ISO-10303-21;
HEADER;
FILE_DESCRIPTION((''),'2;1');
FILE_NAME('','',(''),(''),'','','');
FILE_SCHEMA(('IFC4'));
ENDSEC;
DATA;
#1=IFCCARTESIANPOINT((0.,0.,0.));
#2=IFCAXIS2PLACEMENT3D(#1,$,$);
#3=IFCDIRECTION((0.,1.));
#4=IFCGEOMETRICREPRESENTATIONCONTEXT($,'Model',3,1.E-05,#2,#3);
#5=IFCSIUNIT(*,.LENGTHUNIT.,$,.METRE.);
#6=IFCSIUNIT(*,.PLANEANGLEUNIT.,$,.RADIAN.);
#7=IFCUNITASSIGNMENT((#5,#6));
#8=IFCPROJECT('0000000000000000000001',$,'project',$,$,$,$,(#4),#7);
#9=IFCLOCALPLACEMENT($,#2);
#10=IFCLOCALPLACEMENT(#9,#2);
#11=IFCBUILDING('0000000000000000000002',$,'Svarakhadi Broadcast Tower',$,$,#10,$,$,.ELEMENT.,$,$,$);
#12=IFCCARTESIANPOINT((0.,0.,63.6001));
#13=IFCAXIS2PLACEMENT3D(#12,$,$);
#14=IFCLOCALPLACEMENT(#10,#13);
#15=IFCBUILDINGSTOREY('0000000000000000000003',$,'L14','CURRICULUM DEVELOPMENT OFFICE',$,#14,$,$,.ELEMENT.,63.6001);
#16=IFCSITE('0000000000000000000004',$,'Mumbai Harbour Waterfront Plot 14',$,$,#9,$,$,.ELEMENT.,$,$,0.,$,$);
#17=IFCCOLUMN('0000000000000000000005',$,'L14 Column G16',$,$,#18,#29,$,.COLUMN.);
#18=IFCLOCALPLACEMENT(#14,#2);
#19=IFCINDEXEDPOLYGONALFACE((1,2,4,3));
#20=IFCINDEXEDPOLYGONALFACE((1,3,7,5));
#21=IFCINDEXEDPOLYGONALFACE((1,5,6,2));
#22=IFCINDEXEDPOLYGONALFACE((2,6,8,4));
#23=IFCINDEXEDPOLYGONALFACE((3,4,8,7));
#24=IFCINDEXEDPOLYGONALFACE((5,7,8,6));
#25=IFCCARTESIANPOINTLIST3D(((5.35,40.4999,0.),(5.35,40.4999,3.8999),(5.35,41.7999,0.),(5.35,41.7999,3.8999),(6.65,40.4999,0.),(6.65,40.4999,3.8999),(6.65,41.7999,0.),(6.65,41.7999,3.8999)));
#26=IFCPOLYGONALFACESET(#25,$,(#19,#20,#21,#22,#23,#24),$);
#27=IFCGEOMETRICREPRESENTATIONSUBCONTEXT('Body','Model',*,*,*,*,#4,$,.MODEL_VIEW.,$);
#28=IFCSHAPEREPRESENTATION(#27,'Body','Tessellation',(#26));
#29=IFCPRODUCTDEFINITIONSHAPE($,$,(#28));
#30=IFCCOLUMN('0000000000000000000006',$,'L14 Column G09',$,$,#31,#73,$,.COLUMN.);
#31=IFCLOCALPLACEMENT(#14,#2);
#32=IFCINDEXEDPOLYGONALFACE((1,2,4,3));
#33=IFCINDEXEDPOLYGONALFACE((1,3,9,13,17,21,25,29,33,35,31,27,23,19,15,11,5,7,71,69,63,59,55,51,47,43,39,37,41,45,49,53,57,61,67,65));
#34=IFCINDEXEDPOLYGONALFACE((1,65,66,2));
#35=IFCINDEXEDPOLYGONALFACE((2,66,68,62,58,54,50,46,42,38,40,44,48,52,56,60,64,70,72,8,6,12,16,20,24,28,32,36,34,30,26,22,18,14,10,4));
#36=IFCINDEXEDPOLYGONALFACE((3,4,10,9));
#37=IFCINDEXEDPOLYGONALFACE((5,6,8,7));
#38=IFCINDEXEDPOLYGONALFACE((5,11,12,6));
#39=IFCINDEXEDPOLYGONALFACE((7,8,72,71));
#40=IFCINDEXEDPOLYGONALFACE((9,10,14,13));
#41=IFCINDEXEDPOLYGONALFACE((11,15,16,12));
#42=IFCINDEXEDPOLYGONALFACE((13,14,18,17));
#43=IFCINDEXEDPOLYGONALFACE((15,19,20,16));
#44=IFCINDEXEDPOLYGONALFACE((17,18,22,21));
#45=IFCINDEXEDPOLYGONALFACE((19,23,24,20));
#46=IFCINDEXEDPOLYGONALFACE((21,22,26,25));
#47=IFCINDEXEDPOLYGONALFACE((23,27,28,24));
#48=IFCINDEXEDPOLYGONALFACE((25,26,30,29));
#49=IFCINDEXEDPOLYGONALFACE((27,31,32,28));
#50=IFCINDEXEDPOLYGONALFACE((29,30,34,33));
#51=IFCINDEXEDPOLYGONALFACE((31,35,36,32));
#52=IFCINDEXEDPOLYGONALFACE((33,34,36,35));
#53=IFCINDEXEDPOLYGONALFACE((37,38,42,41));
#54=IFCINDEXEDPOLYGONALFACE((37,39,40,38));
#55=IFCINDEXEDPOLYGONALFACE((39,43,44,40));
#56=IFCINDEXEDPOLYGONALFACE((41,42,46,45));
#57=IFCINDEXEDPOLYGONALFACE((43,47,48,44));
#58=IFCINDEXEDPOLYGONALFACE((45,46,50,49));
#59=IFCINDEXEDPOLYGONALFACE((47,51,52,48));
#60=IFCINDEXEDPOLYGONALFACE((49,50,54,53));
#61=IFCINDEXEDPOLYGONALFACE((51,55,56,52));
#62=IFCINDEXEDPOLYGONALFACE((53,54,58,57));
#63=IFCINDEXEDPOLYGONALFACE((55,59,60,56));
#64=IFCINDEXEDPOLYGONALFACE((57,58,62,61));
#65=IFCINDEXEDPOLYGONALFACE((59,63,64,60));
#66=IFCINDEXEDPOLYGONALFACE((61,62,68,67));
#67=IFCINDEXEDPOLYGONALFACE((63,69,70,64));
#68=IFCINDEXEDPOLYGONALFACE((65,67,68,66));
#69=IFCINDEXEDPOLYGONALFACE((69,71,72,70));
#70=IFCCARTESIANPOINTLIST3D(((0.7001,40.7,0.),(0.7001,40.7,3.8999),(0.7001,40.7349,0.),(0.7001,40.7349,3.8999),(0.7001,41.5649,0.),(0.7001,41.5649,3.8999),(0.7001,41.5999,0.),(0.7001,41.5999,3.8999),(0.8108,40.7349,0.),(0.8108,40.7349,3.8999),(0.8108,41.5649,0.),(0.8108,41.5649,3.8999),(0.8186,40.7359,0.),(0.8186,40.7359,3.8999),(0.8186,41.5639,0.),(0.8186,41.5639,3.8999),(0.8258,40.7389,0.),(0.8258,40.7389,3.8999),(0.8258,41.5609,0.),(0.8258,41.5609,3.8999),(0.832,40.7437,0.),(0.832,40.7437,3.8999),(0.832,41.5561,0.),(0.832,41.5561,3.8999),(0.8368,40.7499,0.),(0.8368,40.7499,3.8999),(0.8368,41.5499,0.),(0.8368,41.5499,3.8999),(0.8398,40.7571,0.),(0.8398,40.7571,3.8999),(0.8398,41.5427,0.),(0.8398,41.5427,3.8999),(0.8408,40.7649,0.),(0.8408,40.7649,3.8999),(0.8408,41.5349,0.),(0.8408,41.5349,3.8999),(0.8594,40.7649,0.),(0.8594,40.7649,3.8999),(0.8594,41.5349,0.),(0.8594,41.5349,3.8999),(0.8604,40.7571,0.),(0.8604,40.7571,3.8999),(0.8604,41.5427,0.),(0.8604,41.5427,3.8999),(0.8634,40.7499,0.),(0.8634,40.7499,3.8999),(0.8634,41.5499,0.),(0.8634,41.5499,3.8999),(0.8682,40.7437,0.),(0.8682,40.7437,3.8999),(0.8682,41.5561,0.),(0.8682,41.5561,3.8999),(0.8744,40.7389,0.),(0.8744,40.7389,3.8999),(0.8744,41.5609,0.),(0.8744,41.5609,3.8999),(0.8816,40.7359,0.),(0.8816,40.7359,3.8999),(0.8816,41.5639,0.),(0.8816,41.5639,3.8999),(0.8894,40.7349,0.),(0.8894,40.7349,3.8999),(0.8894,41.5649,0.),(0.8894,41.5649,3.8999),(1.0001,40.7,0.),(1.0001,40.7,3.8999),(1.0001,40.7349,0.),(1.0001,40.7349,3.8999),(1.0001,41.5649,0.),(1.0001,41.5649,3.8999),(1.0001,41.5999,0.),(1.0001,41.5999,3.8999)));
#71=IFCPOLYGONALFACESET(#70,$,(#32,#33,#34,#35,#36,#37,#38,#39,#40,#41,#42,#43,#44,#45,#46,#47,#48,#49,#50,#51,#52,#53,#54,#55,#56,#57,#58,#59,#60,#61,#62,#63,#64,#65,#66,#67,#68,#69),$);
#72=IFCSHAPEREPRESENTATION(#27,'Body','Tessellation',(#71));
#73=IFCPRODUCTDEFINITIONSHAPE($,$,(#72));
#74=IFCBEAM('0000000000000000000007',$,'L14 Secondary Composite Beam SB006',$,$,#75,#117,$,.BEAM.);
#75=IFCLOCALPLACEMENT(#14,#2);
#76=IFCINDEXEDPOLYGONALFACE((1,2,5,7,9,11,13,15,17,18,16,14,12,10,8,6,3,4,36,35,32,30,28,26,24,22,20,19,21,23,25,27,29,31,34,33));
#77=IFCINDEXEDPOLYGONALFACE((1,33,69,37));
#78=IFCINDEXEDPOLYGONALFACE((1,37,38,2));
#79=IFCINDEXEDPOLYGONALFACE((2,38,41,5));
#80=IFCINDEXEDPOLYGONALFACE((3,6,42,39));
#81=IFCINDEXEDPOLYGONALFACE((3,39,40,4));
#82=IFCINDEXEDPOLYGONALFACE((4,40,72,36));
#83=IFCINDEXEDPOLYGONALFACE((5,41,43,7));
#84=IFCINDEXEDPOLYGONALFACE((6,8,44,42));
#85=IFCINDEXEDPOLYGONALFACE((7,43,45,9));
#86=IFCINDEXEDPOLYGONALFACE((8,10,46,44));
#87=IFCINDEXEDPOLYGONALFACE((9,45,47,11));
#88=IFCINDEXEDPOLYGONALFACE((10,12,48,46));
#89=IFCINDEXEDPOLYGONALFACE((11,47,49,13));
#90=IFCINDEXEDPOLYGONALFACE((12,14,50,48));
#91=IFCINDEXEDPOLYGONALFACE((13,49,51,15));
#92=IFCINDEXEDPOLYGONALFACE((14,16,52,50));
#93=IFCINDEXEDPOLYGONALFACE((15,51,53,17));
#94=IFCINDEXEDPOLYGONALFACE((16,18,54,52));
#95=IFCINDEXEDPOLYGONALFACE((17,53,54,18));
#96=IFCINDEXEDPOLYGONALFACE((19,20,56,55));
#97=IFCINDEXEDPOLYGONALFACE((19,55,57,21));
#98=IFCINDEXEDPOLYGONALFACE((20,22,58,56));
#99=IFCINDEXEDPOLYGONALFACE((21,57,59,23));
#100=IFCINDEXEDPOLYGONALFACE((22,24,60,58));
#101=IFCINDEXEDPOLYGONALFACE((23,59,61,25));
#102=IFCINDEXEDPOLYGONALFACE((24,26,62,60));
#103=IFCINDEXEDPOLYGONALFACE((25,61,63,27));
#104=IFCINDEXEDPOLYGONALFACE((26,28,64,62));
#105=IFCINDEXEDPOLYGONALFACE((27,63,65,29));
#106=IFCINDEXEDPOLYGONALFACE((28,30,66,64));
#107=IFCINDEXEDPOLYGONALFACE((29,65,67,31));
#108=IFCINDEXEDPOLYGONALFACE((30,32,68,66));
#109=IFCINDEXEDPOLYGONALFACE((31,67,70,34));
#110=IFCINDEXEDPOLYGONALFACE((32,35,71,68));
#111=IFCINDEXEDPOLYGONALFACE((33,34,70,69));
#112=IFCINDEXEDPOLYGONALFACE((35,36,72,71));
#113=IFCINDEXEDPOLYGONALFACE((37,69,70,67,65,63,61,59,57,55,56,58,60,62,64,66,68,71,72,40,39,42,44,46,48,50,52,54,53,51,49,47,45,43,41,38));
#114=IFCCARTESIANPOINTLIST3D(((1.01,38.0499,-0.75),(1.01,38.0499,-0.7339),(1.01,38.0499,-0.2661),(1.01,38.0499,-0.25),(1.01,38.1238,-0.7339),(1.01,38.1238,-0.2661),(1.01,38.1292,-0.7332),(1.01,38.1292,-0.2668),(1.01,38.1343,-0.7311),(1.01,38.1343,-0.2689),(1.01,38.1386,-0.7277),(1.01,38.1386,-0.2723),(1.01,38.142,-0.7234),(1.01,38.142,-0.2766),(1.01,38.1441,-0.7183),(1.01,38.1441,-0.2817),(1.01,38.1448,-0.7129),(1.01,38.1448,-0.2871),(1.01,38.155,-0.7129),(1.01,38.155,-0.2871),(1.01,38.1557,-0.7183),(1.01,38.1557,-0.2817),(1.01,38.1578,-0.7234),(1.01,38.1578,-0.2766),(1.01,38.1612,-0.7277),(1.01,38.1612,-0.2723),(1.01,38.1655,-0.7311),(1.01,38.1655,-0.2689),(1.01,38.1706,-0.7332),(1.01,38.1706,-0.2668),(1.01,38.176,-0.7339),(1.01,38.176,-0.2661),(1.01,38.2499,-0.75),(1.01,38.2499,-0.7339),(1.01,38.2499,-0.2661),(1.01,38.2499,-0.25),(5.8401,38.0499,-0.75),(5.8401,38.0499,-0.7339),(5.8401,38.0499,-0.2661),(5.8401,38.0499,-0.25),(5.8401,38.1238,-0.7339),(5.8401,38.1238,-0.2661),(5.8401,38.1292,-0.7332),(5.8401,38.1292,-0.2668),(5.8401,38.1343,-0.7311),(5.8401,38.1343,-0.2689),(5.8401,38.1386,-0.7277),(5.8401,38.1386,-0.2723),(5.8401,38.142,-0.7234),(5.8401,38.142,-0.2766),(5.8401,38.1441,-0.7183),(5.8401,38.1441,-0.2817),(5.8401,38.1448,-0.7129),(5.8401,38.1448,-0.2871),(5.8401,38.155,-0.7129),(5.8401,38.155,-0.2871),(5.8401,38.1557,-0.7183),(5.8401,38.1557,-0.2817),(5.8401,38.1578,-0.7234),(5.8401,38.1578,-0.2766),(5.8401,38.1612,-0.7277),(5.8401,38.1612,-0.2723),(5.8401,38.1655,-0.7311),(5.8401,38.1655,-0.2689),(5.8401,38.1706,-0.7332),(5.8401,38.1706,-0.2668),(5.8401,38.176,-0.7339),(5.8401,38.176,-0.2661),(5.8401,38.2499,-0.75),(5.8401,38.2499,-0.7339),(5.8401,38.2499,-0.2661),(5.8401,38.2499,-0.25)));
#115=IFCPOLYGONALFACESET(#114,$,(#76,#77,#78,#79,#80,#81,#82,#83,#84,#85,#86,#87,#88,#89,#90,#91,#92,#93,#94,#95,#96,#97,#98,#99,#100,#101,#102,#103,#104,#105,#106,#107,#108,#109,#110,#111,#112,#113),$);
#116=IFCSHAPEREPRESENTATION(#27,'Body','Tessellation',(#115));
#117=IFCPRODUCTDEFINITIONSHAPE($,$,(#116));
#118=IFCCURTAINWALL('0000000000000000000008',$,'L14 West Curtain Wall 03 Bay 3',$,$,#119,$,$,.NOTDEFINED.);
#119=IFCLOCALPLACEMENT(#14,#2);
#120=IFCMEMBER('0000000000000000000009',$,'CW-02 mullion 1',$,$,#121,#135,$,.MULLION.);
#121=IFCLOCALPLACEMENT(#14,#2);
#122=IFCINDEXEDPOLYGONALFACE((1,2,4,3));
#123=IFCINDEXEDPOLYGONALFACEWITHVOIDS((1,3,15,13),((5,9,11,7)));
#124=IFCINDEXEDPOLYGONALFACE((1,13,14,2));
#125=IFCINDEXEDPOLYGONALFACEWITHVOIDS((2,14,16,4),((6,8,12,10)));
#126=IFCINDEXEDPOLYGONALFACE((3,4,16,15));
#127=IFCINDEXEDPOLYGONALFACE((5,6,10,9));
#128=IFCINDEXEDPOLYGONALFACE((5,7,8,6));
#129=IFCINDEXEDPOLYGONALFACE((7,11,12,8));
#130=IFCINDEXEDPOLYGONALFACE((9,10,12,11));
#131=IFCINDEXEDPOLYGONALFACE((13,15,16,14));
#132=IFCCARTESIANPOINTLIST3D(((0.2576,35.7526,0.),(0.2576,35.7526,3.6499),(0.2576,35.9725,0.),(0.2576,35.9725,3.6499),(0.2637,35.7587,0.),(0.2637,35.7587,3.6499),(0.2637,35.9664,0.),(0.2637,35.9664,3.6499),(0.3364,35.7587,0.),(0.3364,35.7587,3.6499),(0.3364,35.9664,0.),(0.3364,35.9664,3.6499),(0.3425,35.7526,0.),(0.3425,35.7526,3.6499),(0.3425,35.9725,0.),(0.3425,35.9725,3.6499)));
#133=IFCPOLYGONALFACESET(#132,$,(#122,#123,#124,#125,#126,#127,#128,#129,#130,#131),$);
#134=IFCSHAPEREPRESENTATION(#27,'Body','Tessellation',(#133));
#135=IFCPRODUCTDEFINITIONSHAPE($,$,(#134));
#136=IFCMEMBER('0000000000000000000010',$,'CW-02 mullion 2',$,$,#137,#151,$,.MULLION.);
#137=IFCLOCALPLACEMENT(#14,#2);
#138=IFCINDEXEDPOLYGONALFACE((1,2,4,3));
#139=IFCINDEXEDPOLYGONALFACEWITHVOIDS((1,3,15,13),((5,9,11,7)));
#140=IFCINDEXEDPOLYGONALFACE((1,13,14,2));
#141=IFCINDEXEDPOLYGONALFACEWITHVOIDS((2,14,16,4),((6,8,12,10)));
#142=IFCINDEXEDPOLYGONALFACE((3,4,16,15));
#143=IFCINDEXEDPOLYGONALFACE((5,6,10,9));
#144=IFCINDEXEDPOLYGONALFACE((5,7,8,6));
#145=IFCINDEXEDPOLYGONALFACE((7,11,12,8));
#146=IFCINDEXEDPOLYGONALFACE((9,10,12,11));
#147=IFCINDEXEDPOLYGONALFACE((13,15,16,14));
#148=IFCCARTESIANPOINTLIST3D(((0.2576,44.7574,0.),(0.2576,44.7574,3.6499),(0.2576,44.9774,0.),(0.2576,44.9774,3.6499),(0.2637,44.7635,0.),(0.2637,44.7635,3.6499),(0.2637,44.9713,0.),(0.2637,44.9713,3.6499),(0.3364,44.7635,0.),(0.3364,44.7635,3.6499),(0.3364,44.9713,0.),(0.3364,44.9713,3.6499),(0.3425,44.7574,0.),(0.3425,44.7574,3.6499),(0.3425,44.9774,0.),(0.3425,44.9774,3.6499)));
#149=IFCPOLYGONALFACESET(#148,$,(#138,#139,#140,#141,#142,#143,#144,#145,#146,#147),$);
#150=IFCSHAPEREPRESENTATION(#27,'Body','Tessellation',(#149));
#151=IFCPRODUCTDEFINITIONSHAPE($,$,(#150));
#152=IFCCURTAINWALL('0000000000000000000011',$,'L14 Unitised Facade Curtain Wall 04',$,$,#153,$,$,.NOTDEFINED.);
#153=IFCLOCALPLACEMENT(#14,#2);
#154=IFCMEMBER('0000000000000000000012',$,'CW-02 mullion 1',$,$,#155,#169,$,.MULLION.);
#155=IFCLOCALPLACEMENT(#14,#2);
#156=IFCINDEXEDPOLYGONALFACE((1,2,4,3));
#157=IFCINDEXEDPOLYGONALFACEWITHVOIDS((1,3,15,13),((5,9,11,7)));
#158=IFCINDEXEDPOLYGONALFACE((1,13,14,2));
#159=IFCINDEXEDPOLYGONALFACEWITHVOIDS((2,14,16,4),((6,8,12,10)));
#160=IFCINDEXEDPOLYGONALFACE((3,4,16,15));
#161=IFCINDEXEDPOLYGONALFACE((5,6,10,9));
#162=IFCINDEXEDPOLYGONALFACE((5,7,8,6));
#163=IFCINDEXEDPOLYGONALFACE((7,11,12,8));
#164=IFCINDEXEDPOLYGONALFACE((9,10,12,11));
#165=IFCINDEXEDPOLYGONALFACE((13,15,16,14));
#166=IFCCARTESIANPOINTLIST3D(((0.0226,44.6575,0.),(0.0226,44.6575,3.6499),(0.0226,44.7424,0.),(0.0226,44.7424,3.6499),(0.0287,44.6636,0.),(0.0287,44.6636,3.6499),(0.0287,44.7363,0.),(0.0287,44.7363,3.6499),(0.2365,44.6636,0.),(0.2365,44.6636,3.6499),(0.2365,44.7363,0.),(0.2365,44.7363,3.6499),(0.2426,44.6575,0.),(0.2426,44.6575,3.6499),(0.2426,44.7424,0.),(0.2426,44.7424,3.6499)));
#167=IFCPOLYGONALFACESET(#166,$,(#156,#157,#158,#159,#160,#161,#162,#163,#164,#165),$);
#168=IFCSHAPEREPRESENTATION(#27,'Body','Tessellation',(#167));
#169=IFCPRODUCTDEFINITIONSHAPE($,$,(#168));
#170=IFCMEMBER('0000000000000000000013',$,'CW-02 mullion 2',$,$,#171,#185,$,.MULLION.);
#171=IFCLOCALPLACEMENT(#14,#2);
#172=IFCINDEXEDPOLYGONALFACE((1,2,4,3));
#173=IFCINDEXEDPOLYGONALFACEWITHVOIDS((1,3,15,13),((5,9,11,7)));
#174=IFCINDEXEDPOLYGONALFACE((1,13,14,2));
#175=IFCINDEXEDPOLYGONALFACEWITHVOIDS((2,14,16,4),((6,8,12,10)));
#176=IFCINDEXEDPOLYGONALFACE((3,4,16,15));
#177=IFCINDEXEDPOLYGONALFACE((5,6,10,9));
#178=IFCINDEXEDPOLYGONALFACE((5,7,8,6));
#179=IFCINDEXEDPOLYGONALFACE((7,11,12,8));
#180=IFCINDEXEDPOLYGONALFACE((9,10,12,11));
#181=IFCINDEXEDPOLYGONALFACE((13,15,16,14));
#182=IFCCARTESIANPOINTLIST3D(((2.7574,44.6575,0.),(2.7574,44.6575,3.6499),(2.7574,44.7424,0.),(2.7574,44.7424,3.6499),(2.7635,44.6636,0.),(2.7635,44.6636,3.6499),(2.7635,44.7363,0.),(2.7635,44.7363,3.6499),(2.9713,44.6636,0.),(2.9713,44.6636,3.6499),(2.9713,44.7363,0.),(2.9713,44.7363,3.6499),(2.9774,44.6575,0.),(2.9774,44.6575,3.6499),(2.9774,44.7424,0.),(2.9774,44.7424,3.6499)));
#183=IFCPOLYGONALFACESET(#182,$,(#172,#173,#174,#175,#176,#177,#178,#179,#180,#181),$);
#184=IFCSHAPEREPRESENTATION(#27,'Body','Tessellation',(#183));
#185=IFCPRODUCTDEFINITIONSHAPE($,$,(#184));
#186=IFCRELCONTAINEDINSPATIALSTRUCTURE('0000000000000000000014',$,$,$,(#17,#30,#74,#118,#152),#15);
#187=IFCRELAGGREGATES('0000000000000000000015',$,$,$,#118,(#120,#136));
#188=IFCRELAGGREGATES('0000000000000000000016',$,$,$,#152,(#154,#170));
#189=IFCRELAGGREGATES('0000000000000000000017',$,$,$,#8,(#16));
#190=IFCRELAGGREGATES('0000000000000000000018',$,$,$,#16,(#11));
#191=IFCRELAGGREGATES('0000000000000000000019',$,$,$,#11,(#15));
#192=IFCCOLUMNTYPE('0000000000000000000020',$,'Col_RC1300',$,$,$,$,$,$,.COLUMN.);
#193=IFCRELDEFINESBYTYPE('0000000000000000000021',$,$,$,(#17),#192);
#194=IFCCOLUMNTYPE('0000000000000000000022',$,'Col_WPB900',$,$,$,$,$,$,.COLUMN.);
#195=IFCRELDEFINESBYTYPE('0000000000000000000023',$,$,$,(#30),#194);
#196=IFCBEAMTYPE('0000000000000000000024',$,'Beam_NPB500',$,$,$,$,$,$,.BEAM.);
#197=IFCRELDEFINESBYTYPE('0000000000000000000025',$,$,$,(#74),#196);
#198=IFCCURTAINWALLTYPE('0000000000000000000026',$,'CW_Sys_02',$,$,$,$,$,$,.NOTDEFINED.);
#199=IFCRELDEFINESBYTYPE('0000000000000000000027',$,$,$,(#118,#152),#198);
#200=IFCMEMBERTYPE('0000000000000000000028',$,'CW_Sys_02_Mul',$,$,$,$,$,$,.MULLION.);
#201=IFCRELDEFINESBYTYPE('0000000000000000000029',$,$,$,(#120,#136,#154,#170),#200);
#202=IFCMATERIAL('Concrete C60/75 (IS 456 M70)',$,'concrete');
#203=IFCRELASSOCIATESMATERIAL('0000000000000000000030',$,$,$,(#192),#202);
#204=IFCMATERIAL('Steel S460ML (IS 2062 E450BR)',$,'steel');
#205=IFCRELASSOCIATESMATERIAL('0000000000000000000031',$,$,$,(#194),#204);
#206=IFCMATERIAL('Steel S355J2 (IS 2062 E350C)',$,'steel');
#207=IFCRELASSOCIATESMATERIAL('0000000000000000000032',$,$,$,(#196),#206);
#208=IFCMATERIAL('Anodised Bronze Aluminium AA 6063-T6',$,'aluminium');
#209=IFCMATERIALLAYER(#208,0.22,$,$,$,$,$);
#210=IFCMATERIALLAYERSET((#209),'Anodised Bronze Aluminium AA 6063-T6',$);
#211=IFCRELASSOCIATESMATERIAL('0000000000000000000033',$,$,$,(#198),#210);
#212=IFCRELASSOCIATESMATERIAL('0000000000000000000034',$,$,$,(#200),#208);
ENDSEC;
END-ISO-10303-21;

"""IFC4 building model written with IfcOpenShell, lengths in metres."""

from ifc_helpers import new_model, si_unit, direction, frame, origin, origin_2d, place, context, subcontext, project, spatial, rectangle, hollow_rectangle, i_section, extrude, material, layer, layer_set, material_profile, profile_set, type_object, element, aggregate, save


model = new_model("IFC4")

# Units and contexts
model_context = context("Model", 3, precision=1e-05, world=origin(), true_north=direction((0.0, 1.0)))
body_context = subcontext(model_context, "Body", "Model", "MODEL_VIEW")
ifc_project = project(units=[si_unit("LENGTHUNIT", "METRE"), si_unit("PLANEANGLEUNIT", "RADIAN")], contexts=[model_context])

# Site, building, storey
site_placement = place(None, origin())
site = spatial("IfcSite", under=ifc_project, at=site_placement, Name="Mumbai Harbour Waterfront Plot 14", CompositionType="ELEMENT", RefElevation=0.0)
building_placement = place(site_placement, origin())
building = spatial("IfcBuilding", under=site, at=building_placement, Name="Svarakhadi Broadcast Tower", CompositionType="ELEMENT")
storey_placement = place(building_placement, frame((0.0, 0.0, 63.6001)))
storey = spatial("IfcBuildingStorey", under=building, at=storey_placement, Name="L14", Description="CURRICULUM DEVELOPMENT OFFICE", CompositionType="ELEMENT", Elevation=63.6001)

# Columns
ifc_material_1 = material(Name="Concrete C60/75 (IS 456 M70)", Category="concrete")
ifc_material_profile_1 = material_profile(ifc_material_1, rectangle(XDim=1.3, YDim=1.3, at=origin_2d()), Name="RC 1300x1300")
ifc_profile_set_1 = profile_set([ifc_material_profile_1], Name="Concrete C60/75 (IS 456 M70)")
column_type_1 = type_object("IfcColumnType", Name="Col_RC1300", PredefinedType="COLUMN", material=ifc_profile_set_1)
column_1_placement = place(storey_placement, frame((6.0, 41.1499, 0.0), z_axis=(0.0, 0.0, 1.0), x_axis=(1.0, 0.0, 0.0)))
element("IfcColumn", 1, at=column_1_placement, inside=storey, type_object=column_type_1, Name="L14 Column G16", PredefinedType="COLUMN", context=body_context, shape_type="SweptSolid", body=[
    extrude(rectangle(XDim=1.3, YDim=1.3, at=origin_2d()), origin(), (0.0, 0.0, 1.0), 3.8999),
])
ifc_material_2 = material(Name="Steel S460ML (IS 2062 E450BR)", Category="steel")
ifc_material_profile_2 = material_profile(ifc_material_2, i_section(OverallWidth=0.3, OverallDepth=0.8999, WebThickness=0.0186, FlangeThickness=0.0349, FilletRadius=0.03, at=origin_2d()), Name="WPB 900x300x291")
ifc_profile_set_2 = profile_set([ifc_material_profile_2], Name="Steel S460ML (IS 2062 E450BR)")
column_type_2 = type_object("IfcColumnType", Name="Col_WPB900", PredefinedType="COLUMN", material=ifc_profile_set_2)
column_2_placement = place(storey_placement, frame((0.8501, 41.1499, 0.0), z_axis=(0.0, 0.0, 1.0), x_axis=(1.0, 0.0, 0.0)))
element("IfcColumn", 2, at=column_2_placement, inside=storey, type_object=column_type_2, Name="L14 Column G09", PredefinedType="COLUMN", context=body_context, shape_type="SweptSolid", body=[
    extrude(i_section(OverallWidth=0.3, OverallDepth=0.8999, WebThickness=0.0186, FlangeThickness=0.0349, FilletRadius=0.03, at=origin_2d()), origin(), (0.0, 0.0, 1.0), 3.8999),
])

# Beam
ifc_material_3 = material(Name="Steel S355J2 (IS 2062 E350C)", Category="steel")
ifc_material_profile_3 = material_profile(ifc_material_3, i_section(OverallWidth=0.2, OverallDepth=0.5, WebThickness=0.0103, FlangeThickness=0.0161, FilletRadius=0.021, at=origin_2d()), Name="NPB 500x200x91")
ifc_profile_set_3 = profile_set([ifc_material_profile_3], Name="Steel S355J2 (IS 2062 E350C)")
beam_type_1 = type_object("IfcBeamType", Name="Beam_NPB500", PredefinedType="BEAM", material=ifc_profile_set_3)
beam_1_placement = place(storey_placement, frame((1.01, 38.1499, -0.5), z_axis=(1.0, 0.0, 0.0), x_axis=(0.0, 1.0, 0.0)))
element("IfcBeam", 3, at=beam_1_placement, inside=storey, type_object=beam_type_1, Name="L14 Secondary Composite Beam SB006", PredefinedType="BEAM", context=body_context, shape_type="SweptSolid", body=[
    extrude(i_section(OverallWidth=0.2, OverallDepth=0.5, WebThickness=0.0103, FlangeThickness=0.0161, FilletRadius=0.021, at=origin_2d()), origin(), (0.0, 0.0, 1.0), 4.8301),
])

# Curtain walls, members
ifc_material_4 = material(Name="Anodised Bronze Aluminium AA 6063-T6", Category="aluminium")
ifc_layer_1 = layer(ifc_material_4, 0.22)
ifc_layer_set_1 = layer_set([ifc_layer_1], Name="Anodised Bronze Aluminium AA 6063-T6")
curtain_wall_type = type_object("IfcCurtainWallType", Name="CW_Sys_02", PredefinedType="NOTDEFINED", material=ifc_layer_set_1)
curtain_wall_1_placement = place(storey_placement, origin())
curtain_wall_1 = element("IfcCurtainWall", 4, at=curtain_wall_1_placement, inside=storey, type_object=curtain_wall_type, Name="L14 West Curtain Wall 03 Bay 3", PredefinedType="NOTDEFINED")
ifc_material_profile_4 = material_profile(ifc_material_4, hollow_rectangle(XDim=0.085, YDim=0.22, WallThickness=0.0061, at=origin_2d()), Name="ALU MULLION 220x85x6")
ifc_profile_set_4 = profile_set([ifc_material_profile_4], Name="Anodised Bronze Aluminium AA 6063-T6")
member_type_1 = type_object("IfcMemberType", Name="CW_Sys_02_Mul", PredefinedType="MULLION", material=ifc_profile_set_4)
member_1_placement = place(storey_placement, frame((0.3, 35.8625, 0.0), z_axis=(0.0, 0.0, 1.0), x_axis=(-1.0, 0.0, 0.0)))
member_1 = element("IfcMember", 5, at=member_1_placement, type_object=member_type_1, Name="CW-02 mullion 1", PredefinedType="MULLION", context=body_context, shape_type="SweptSolid", body=[
    extrude(hollow_rectangle(XDim=0.085, YDim=0.22, WallThickness=0.0061, at=origin_2d()), origin(), (0.0, 0.0, 1.0), 3.6499),
])
member_2_placement = place(storey_placement, frame((0.3, 44.8674, 0.0), z_axis=(0.0, 0.0, 1.0), x_axis=(-1.0, 0.0, 0.0)))
member_2 = element("IfcMember", 6, at=member_2_placement, type_object=member_type_1, Name="CW-02 mullion 2", PredefinedType="MULLION", context=body_context, shape_type="SweptSolid", body=[
    extrude(hollow_rectangle(XDim=0.085, YDim=0.22, WallThickness=0.0061, at=origin_2d()), origin(), (0.0, 0.0, 1.0), 3.6499),
])
curtain_wall_2_placement = place(storey_placement, origin())
curtain_wall_2 = element("IfcCurtainWall", 7, at=curtain_wall_2_placement, inside=storey, type_object=curtain_wall_type, Name="L14 Unitised Facade Curtain Wall 04", PredefinedType="NOTDEFINED")
member_3_placement = place(storey_placement, frame((0.1326, 44.7, 0.0), z_axis=(0.0, 0.0, 1.0), x_axis=(0.0, 1.0, 0.0)))
member_3 = element("IfcMember", 8, at=member_3_placement, type_object=member_type_1, Name="CW-02 mullion 1", PredefinedType="MULLION", context=body_context, shape_type="SweptSolid", body=[
    extrude(hollow_rectangle(XDim=0.085, YDim=0.22, WallThickness=0.0061, at=origin_2d()), origin(), (0.0, 0.0, 1.0), 3.6499),
])
member_4_placement = place(storey_placement, frame((2.8674, 44.7, 0.0), z_axis=(0.0, 0.0, 1.0), x_axis=(0.0, 1.0, 0.0)))
member_4 = element("IfcMember", 9, at=member_4_placement, type_object=member_type_1, Name="CW-02 mullion 2", PredefinedType="MULLION", context=body_context, shape_type="SweptSolid", body=[
    extrude(hollow_rectangle(XDim=0.085, YDim=0.22, WallThickness=0.0061, at=origin_2d()), origin(), (0.0, 0.0, 1.0), 3.6499),
])

aggregate(curtain_wall_1, [member_1, member_2])
aggregate(curtain_wall_2, [member_3, member_4])

save(model, "model.ifc")
